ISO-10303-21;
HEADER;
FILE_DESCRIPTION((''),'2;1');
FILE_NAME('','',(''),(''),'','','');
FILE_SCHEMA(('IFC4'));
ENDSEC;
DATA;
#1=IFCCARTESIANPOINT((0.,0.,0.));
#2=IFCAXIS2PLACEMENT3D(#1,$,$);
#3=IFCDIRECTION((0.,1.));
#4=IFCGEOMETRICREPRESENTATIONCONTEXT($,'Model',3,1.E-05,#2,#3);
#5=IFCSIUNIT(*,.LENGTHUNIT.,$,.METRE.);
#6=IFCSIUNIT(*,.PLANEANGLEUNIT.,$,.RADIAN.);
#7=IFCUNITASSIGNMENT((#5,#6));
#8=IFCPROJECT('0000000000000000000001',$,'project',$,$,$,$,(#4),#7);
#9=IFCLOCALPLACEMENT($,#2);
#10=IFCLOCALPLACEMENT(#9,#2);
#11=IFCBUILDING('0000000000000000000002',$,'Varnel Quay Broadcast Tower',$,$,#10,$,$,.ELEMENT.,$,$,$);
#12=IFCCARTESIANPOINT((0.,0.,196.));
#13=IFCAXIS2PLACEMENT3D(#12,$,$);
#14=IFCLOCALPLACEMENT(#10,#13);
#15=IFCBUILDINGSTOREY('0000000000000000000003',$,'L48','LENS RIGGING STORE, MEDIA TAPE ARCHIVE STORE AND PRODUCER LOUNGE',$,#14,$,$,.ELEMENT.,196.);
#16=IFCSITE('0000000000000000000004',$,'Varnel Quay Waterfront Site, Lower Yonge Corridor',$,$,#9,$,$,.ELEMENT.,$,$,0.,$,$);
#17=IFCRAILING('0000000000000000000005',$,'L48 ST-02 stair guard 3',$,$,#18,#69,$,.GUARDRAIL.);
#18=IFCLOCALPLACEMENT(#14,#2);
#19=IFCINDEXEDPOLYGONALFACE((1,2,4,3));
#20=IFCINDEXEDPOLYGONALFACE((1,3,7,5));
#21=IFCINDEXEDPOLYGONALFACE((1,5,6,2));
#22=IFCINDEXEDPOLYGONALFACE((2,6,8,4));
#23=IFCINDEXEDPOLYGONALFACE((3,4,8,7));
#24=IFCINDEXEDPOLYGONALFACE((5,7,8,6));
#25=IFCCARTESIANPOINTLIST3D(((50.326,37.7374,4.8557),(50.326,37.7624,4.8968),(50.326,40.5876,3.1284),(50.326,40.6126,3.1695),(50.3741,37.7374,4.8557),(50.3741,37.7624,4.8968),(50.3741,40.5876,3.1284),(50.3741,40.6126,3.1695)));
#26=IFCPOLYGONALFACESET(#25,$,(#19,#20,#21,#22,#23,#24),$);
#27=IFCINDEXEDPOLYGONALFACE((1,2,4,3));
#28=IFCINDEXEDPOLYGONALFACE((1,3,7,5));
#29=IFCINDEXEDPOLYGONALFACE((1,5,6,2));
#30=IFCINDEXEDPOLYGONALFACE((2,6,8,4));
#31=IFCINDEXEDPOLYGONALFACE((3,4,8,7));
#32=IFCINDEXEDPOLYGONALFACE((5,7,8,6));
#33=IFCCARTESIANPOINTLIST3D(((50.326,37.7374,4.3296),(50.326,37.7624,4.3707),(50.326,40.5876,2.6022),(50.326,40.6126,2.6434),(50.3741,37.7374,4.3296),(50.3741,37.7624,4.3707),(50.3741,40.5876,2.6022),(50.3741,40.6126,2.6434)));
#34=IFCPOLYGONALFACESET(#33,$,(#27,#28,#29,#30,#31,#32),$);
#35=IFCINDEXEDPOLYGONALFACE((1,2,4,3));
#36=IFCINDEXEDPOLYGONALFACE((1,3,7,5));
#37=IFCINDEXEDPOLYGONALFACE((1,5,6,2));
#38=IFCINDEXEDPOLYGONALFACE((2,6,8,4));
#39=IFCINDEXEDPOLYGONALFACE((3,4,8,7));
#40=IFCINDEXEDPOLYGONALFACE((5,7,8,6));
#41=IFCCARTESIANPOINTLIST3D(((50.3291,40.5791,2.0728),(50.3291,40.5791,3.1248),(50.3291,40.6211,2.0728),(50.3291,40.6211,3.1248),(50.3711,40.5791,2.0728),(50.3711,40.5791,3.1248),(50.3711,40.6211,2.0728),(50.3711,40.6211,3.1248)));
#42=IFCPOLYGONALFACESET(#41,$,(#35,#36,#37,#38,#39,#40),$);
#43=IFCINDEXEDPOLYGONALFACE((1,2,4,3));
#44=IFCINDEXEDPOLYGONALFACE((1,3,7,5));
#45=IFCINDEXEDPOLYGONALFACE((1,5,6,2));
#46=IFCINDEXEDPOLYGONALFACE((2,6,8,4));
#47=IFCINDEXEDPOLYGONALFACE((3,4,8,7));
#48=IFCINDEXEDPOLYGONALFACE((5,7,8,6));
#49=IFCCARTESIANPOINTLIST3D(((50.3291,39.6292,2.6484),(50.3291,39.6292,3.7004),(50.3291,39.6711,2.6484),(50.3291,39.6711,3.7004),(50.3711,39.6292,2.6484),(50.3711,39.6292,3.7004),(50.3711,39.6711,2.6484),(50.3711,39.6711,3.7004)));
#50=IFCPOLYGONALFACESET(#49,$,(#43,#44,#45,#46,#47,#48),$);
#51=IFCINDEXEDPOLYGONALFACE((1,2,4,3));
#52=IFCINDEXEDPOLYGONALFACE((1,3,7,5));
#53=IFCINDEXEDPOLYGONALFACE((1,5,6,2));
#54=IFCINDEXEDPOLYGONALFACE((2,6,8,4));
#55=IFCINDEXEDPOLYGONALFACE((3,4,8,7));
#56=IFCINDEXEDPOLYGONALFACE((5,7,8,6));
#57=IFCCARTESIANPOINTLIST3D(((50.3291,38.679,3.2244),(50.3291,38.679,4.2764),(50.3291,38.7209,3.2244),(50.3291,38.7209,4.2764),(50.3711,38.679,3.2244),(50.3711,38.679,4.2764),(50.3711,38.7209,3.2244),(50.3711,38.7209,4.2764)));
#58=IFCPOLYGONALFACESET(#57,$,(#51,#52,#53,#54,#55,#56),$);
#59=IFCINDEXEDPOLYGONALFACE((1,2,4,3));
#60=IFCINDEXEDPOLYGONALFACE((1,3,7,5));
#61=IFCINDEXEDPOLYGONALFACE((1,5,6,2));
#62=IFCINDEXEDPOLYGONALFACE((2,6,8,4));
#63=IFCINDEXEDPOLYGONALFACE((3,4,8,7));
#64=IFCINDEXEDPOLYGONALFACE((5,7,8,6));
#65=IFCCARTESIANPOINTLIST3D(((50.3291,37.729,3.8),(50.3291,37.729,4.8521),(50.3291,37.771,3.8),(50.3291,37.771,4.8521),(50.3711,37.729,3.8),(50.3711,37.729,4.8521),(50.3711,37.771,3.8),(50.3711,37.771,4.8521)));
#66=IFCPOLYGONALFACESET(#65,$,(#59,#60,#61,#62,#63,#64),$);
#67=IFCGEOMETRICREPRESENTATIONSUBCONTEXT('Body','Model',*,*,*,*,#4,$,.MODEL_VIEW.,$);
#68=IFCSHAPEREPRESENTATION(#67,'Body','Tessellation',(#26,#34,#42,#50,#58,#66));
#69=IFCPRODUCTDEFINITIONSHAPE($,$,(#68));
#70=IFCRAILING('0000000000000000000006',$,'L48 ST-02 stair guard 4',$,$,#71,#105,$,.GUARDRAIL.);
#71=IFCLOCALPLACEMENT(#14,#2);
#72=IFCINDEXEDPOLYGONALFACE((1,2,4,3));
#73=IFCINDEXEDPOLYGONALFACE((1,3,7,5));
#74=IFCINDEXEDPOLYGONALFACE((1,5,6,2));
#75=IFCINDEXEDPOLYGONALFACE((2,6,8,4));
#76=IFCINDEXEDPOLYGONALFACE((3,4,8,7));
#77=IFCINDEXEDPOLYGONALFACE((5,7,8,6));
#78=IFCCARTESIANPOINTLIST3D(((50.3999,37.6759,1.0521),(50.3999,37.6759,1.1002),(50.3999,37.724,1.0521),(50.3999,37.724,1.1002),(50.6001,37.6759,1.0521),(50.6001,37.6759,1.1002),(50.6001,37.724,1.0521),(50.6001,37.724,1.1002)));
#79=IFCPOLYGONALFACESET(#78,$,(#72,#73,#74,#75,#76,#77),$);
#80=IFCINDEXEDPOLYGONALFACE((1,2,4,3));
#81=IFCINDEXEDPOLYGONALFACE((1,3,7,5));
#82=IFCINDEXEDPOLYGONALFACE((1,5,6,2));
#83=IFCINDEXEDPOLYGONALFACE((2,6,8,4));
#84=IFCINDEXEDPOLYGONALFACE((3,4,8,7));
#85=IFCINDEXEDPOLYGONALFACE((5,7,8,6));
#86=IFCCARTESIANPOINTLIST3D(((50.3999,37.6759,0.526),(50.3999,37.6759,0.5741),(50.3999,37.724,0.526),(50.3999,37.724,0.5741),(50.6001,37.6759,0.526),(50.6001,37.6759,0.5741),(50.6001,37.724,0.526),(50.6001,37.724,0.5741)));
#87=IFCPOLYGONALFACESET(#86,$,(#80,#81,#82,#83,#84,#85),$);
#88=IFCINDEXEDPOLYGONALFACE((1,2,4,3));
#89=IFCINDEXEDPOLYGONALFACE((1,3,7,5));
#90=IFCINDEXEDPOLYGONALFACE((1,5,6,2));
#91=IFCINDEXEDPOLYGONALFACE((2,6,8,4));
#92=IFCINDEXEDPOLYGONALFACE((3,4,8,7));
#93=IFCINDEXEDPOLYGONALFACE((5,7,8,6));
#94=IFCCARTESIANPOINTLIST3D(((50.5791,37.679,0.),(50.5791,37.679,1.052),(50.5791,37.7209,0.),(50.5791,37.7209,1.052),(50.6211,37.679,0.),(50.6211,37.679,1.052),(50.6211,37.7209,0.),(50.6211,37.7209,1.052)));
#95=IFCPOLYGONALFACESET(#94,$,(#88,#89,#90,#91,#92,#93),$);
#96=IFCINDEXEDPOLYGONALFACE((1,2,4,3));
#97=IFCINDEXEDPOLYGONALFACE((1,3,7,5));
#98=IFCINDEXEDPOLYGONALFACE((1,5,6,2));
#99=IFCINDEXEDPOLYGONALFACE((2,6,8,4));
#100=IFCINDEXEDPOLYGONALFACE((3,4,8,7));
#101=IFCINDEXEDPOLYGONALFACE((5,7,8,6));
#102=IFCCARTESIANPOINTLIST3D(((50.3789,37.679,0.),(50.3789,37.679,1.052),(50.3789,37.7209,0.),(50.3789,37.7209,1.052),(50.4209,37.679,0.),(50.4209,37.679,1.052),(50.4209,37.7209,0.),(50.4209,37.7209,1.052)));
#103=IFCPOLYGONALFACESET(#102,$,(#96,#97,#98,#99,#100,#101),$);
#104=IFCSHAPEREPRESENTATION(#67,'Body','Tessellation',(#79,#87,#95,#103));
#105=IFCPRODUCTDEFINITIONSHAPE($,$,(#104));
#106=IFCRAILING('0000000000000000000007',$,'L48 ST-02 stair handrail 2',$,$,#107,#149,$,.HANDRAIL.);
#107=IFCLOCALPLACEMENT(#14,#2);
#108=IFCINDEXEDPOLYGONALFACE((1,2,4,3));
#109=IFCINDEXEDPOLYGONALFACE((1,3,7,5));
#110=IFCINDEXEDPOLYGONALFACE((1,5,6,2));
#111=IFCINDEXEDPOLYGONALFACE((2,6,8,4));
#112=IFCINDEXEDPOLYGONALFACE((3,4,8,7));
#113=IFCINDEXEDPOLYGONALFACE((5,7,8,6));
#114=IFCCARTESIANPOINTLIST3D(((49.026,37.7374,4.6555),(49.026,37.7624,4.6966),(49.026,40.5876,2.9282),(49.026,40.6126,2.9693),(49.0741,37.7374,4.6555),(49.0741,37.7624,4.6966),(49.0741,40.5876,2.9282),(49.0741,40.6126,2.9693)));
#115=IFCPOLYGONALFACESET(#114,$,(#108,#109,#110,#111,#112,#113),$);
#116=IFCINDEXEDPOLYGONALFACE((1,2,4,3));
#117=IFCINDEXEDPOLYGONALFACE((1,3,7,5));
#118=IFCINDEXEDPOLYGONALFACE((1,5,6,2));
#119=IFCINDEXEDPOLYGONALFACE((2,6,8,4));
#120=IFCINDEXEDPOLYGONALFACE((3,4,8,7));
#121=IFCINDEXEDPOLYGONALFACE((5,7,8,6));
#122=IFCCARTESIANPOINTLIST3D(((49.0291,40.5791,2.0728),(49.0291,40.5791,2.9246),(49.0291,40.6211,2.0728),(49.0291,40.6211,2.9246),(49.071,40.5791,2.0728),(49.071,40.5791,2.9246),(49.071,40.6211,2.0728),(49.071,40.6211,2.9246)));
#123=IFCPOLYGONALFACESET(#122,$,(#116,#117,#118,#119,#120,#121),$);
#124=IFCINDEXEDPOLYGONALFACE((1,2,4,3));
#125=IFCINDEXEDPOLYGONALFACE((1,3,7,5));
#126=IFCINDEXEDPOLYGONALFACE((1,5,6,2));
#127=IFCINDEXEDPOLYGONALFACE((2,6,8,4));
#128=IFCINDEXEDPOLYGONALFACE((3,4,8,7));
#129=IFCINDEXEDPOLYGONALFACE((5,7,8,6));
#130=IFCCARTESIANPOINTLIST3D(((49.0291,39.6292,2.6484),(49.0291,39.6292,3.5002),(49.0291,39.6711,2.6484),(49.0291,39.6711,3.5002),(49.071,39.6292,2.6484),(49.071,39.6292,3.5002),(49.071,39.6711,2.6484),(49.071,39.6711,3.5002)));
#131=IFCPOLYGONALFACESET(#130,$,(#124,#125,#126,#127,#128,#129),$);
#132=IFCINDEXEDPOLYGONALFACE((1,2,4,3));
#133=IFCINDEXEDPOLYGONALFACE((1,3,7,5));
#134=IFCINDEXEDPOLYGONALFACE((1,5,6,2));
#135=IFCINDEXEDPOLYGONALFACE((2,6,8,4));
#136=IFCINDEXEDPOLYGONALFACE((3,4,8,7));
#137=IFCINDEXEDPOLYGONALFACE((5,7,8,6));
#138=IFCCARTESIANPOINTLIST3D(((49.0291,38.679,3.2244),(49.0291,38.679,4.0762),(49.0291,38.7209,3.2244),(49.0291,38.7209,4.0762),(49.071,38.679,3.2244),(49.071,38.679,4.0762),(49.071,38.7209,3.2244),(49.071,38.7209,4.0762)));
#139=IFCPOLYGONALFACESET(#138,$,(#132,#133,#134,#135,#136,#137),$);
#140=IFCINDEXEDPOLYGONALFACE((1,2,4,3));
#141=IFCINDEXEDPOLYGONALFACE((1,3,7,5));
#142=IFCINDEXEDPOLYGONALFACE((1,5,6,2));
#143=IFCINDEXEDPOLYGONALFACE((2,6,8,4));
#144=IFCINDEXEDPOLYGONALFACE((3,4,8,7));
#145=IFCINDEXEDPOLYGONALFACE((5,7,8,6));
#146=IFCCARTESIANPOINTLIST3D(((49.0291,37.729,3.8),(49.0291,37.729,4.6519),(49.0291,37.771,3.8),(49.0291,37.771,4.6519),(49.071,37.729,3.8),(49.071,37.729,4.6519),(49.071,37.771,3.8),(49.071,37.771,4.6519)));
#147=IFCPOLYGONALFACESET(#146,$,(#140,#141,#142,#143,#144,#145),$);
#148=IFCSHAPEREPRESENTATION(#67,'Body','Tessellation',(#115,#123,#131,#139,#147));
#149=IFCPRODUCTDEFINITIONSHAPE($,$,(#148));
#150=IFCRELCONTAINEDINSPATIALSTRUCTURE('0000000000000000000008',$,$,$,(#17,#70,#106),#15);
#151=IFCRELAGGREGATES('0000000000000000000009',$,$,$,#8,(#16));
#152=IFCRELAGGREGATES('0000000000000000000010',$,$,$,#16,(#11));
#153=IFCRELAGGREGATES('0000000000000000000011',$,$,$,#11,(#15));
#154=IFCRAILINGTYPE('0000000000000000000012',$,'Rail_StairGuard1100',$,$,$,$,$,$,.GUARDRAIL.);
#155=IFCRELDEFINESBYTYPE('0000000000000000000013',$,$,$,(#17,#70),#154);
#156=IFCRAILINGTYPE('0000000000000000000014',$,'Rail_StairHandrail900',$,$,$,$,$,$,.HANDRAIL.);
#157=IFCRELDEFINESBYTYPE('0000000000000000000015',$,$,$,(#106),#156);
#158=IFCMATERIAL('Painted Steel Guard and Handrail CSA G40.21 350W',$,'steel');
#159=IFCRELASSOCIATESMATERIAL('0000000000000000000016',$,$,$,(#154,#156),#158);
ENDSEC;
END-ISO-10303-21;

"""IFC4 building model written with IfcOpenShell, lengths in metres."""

from ifc_helpers import new_model, si_unit, direction, frame, origin, origin_2d, place, context, subcontext, project, spatial, rectangle, extrude, material, type_object, element, save


model = new_model("IFC4")

# Units and contexts
model_context = context("Model", 3, precision=1e-05, world=origin(), true_north=direction((0.0, 1.0)))
body_context = subcontext(model_context, "Body", "Model", "MODEL_VIEW")
ifc_project = project(units=[si_unit("LENGTHUNIT", "METRE"), si_unit("PLANEANGLEUNIT", "RADIAN")], contexts=[model_context])

# Site, building, storey
site_placement = place(None, origin())
site = spatial("IfcSite", under=ifc_project, at=site_placement, Name="Varnel Quay Waterfront Site, Lower Yonge Corridor", CompositionType="ELEMENT", RefElevation=0.0)
building_placement = place(site_placement, origin())
building = spatial("IfcBuilding", under=site, at=building_placement, Name="Varnel Quay Broadcast Tower", CompositionType="ELEMENT")
storey_placement = place(building_placement, frame((0.0, 0.0, 196.0)))
storey = spatial("IfcBuildingStorey", under=building, at=storey_placement, Name="L48", Description="LENS RIGGING STORE, MEDIA TAPE ARCHIVE STORE AND PRODUCER LOUNGE", CompositionType="ELEMENT", Elevation=196.0)

# Railings
ifc_material_1 = material(Name="Painted Steel Guard and Handrail CSA G40.21 350W", Category="steel")
railing_type_1 = type_object("IfcRailingType", Name="Rail_StairGuard1100", PredefinedType="GUARDRAIL", material=ifc_material_1)
railing_1_placement = place(storey_placement, frame((50.3501, 40.6001, 2.0728)))
element("IfcRailing", 1, at=railing_1_placement, inside=storey, type_object=railing_type_1, Name="L48 ST-02 stair guard 3", PredefinedType="GUARDRAIL", context=body_context, shape_type="SweptSolid", body=[
    extrude(rectangle(XDim=0.0481, YDim=0.0481, at=origin_2d()), frame((0.0, 0.0, 1.0762), z_axis=(0.0, -0.855203, 0.518294), x_axis=(1.0, 0.0, 0.0)), (0.0, 0.0, 1.0), 3.3328),
    extrude(rectangle(XDim=0.0481, YDim=0.0481, at=origin_2d()), frame((0.0, 0.0, 0.55), z_axis=(0.0, -0.855203, 0.518294), x_axis=(1.0, 0.0, 0.0)), (0.0, 0.0, 1.0), 3.3328),
    extrude(rectangle(XDim=0.042, YDim=0.042, at=origin_2d()), origin(), (0.0, 0.0, 1.0), 1.052),
    extrude(rectangle(XDim=0.042, YDim=0.042, at=origin_2d()), frame((0.0, -0.95, 0.5757)), (0.0, 0.0, 1.0), 1.052),
    extrude(rectangle(XDim=0.042, YDim=0.042, at=origin_2d()), frame((0.0, -1.9001, 1.1516)), (0.0, 0.0, 1.0), 1.052),
    extrude(rectangle(XDim=0.042, YDim=0.042, at=origin_2d()), frame((0.0, -2.8501, 1.7273)), (0.0, 0.0, 1.0), 1.052),
])
railing_2_placement = place(storey_placement, frame((50.6001, 37.7, 0.0)))
element("IfcRailing", 2, at=railing_2_placement, inside=storey, type_object=railing_type_1, Name="L48 ST-02 stair guard 4", PredefinedType="GUARDRAIL", context=body_context, shape_type="SweptSolid", body=[
    extrude(rectangle(XDim=0.0481, YDim=0.0481, at=origin_2d()), frame((0.0, 0.0, 1.0762), z_axis=(-1.0, 0.0, 0.0), x_axis=(0.0, -1.0, 0.0)), (0.0, 0.0, 1.0), 0.2002),
    extrude(rectangle(XDim=0.0481, YDim=0.0481, at=origin_2d()), frame((0.0, 0.0, 0.55), z_axis=(-1.0, 0.0, 0.0), x_axis=(0.0, -1.0, 0.0)), (0.0, 0.0, 1.0), 0.2002),
    extrude(rectangle(XDim=0.042, YDim=0.042, at=origin_2d()), origin(), (0.0, 0.0, 1.0), 1.052),
    extrude(rectangle(XDim=0.042, YDim=0.042, at=origin_2d()), frame((-0.2002, 0.0, 0.0)), (0.0, 0.0, 1.0), 1.052),
])
railing_type_2 = type_object("IfcRailingType", Name="Rail_StairHandrail900", PredefinedType="HANDRAIL", material=ifc_material_1)
railing_3_placement = place(storey_placement, frame((49.05, 40.6001, 2.0728)))
element("IfcRailing", 3, at=railing_3_placement, inside=storey, type_object=railing_type_2, Name="L48 ST-02 stair handrail 2", PredefinedType="HANDRAIL", context=body_context, shape_type="SweptSolid", body=[
    extrude(rectangle(XDim=0.0481, YDim=0.0481, at=origin_2d()), frame((0.0, 0.0, 0.876), z_axis=(0.0, -0.855203, 0.518294), x_axis=(1.0, 0.0, 0.0)), (0.0, 0.0, 1.0), 3.3328),
    extrude(rectangle(XDim=0.042, YDim=0.042, at=origin_2d()), origin(), (0.0, 0.0, 1.0), 0.8518),
    extrude(rectangle(XDim=0.042, YDim=0.042, at=origin_2d()), frame((0.0, -0.95, 0.5757)), (0.0, 0.0, 1.0), 0.8518),
    extrude(rectangle(XDim=0.042, YDim=0.042, at=origin_2d()), frame((0.0, -1.9001, 1.1516)), (0.0, 0.0, 1.0), 0.8518),
    extrude(rectangle(XDim=0.042, YDim=0.042, at=origin_2d()), frame((0.0, -2.8501, 1.7273)), (0.0, 0.0, 1.0), 0.8518),
])

save(model, "model.ifc")
